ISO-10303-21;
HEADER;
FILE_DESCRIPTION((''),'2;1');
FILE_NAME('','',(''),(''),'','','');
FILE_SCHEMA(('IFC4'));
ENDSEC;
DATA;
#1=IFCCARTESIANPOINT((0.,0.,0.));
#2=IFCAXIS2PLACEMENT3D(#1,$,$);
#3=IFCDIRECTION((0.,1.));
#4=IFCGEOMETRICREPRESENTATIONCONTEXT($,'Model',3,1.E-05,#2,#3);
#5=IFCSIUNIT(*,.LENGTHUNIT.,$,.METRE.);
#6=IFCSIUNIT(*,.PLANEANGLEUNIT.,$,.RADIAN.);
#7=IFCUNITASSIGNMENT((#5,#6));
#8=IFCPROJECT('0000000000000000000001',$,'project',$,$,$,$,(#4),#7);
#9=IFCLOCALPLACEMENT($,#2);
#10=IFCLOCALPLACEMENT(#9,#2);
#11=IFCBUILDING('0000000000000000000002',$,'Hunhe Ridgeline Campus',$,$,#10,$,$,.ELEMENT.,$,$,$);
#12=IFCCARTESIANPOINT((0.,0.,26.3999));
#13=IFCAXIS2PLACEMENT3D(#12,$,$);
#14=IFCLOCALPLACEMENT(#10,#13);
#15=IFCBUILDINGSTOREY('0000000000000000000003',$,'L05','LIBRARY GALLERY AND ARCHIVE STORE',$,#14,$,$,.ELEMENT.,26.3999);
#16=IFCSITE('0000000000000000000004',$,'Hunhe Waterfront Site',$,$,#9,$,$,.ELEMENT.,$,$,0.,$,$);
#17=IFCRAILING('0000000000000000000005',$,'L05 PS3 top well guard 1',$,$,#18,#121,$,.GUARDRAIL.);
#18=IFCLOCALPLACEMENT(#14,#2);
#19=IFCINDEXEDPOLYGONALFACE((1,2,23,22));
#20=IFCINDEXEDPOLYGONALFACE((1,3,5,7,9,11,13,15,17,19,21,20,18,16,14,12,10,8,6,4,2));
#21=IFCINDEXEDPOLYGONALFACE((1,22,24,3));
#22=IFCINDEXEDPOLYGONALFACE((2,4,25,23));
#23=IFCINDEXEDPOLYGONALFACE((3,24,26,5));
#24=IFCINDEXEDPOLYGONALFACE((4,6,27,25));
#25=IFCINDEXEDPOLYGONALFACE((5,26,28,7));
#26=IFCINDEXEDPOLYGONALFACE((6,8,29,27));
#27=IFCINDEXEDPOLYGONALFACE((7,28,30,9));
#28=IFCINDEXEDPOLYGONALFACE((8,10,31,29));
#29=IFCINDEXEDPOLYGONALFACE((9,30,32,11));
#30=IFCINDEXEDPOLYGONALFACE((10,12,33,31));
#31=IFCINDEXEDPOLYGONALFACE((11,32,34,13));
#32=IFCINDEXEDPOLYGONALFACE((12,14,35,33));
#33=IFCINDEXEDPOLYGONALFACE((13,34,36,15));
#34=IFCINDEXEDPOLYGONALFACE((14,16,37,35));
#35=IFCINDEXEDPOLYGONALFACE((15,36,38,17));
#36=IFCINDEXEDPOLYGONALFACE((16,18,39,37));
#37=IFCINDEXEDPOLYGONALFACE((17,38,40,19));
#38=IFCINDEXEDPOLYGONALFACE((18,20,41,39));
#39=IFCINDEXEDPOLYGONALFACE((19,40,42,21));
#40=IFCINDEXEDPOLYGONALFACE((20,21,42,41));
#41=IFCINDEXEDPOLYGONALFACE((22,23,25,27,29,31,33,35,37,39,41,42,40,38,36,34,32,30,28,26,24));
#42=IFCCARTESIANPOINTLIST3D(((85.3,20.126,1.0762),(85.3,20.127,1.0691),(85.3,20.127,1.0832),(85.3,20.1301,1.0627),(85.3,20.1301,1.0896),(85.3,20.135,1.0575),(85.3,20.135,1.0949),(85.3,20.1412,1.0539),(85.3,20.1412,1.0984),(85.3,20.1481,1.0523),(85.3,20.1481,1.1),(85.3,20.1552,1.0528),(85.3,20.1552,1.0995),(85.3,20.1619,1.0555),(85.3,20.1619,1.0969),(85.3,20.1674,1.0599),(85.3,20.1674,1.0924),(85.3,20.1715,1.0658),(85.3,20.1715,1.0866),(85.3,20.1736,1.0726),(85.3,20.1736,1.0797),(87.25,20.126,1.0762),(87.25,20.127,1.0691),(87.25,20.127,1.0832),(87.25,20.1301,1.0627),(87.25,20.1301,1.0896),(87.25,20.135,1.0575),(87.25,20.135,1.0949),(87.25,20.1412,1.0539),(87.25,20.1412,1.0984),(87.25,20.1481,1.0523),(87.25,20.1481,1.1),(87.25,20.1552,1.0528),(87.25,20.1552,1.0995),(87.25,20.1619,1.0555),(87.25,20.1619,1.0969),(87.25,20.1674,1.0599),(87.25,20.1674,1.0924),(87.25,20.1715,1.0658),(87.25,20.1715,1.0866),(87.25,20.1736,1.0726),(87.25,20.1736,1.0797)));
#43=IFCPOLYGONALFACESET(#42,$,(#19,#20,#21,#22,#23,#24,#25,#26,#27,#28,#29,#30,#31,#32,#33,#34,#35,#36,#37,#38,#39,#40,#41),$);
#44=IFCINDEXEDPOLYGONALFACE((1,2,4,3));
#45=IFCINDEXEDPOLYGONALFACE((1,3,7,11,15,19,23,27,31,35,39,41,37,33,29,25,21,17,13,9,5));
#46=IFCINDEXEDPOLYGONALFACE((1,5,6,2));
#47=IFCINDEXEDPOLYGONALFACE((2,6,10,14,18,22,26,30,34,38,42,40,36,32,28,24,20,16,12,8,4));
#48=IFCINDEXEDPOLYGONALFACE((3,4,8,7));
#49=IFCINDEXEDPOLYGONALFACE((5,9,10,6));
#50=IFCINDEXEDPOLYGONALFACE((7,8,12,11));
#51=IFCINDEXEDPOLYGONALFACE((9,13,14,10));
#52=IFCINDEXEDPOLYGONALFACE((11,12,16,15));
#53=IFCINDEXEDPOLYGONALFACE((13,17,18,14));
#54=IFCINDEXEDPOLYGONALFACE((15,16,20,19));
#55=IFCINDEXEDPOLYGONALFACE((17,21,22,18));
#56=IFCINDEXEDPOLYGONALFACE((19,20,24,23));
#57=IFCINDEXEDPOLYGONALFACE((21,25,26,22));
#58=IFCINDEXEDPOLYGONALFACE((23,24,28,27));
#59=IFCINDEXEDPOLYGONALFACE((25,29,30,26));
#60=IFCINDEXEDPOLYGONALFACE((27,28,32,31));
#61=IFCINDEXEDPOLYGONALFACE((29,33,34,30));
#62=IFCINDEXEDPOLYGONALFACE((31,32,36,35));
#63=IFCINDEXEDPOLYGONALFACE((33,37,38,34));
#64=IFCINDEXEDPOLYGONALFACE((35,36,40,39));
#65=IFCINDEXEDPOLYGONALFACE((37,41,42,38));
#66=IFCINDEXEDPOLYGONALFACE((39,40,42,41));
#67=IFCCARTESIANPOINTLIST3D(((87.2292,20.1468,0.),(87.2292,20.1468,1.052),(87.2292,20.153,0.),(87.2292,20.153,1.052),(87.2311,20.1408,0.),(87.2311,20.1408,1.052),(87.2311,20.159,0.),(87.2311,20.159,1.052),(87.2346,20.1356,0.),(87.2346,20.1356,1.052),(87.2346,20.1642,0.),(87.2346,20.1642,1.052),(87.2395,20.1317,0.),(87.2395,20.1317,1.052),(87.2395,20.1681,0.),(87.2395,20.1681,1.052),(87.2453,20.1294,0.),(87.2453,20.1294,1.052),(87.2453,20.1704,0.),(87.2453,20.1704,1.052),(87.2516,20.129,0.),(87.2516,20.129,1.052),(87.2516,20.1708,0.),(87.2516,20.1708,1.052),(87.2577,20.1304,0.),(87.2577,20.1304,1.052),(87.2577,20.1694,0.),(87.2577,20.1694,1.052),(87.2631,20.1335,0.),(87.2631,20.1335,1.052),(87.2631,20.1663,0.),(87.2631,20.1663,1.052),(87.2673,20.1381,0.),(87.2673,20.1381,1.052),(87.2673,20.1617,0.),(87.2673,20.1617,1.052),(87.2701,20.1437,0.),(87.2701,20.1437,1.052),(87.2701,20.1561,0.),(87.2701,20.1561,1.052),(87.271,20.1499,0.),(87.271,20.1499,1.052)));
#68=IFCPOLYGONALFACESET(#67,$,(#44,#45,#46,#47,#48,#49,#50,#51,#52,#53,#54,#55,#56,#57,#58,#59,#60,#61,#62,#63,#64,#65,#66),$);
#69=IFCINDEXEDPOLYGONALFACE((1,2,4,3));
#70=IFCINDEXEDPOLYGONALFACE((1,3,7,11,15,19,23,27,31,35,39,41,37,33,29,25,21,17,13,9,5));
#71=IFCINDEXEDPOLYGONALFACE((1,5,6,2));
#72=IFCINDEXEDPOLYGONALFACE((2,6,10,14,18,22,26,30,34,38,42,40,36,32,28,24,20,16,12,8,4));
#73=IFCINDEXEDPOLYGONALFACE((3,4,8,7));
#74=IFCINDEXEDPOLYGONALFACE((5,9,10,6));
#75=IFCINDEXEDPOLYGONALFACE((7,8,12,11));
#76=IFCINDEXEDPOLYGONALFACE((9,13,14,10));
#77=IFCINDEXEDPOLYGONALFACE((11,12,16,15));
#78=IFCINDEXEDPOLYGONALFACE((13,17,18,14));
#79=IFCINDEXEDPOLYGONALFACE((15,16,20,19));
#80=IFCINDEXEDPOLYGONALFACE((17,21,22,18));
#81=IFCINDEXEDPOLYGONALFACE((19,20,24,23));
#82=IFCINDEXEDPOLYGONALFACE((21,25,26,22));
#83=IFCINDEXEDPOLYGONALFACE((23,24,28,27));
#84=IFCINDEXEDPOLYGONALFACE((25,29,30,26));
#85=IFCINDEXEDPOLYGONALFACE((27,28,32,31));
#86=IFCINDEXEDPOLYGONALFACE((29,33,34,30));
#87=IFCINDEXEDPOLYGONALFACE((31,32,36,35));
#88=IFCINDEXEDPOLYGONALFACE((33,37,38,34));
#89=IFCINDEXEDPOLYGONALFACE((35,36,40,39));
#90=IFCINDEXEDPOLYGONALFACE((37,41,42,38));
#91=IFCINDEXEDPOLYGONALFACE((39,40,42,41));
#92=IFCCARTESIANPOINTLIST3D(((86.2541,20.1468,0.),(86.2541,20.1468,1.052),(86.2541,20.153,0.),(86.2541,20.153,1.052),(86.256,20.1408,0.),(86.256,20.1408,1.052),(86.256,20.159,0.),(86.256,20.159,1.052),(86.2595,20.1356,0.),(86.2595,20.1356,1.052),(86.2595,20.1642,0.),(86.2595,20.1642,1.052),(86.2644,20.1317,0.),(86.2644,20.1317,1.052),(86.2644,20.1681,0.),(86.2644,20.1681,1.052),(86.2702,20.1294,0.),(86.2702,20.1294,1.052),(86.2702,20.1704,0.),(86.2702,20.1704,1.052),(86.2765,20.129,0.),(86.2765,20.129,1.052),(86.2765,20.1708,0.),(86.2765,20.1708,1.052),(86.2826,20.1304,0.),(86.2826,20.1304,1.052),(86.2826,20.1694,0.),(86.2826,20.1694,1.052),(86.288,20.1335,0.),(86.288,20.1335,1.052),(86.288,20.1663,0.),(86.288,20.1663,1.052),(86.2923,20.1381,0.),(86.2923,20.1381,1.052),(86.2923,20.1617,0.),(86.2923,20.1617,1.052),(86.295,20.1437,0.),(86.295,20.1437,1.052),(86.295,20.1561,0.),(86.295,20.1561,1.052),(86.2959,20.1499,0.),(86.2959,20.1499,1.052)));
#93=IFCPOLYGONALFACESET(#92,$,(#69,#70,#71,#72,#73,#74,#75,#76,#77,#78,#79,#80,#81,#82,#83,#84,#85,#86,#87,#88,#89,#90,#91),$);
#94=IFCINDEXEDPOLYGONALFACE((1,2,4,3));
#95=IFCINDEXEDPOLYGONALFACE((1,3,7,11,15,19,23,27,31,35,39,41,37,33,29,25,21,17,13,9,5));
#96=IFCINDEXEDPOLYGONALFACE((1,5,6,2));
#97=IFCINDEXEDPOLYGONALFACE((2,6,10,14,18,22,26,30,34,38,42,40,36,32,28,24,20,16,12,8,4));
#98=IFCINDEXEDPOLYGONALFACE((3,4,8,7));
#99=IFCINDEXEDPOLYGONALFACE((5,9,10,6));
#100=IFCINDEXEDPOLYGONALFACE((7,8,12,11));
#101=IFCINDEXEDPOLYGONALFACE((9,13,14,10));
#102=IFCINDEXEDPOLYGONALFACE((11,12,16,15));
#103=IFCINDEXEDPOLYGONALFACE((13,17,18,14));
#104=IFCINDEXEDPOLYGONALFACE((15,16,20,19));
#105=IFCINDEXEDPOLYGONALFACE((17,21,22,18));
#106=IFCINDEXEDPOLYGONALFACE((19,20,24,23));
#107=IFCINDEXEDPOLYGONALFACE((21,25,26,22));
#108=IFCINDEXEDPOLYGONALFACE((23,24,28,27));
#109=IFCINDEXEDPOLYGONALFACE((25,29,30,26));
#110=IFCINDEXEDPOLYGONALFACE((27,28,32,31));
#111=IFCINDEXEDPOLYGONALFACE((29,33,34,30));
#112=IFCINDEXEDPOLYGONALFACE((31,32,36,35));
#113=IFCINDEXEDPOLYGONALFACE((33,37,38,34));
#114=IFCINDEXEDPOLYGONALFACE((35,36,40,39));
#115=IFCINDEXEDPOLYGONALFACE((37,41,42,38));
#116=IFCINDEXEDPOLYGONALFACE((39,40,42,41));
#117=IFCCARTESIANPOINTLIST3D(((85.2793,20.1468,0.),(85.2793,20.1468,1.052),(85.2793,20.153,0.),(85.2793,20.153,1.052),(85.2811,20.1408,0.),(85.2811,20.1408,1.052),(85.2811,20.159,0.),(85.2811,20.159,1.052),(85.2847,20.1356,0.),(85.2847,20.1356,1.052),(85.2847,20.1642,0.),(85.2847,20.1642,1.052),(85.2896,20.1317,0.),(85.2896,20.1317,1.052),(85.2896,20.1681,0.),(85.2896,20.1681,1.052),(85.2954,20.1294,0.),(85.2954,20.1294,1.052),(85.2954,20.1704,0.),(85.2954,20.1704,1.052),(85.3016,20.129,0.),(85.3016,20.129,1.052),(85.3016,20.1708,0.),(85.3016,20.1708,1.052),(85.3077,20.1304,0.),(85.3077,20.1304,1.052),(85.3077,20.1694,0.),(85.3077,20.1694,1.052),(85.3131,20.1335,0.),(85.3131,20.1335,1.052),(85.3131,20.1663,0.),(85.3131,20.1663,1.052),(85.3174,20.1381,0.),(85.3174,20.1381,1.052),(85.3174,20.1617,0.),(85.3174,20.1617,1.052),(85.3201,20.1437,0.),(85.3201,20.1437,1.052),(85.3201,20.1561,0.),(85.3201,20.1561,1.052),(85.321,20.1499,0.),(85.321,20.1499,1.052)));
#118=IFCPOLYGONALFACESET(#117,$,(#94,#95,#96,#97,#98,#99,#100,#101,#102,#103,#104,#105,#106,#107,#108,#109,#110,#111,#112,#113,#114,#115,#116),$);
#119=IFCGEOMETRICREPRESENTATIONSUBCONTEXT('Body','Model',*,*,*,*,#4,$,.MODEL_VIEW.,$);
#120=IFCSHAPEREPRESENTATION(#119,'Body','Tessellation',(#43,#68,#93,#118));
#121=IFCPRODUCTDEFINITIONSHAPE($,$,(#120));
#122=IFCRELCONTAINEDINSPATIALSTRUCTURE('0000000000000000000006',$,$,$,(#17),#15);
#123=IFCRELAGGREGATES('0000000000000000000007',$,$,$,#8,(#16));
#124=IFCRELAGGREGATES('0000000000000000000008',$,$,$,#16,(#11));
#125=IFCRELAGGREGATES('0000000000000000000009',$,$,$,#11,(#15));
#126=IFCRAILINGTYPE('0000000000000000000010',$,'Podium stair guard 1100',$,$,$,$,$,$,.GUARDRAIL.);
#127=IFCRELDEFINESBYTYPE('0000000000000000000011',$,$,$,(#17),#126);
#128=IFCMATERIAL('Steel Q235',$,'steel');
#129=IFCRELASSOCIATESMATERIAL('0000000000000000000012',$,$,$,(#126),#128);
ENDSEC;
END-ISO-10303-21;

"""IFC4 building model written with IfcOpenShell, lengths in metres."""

from ifc_helpers import new_model, si_unit, direction, frame, origin, origin_2d, place, context, subcontext, project, spatial, circle, extrude, material, type_object, element, save


model = new_model("IFC4")

# Units and contexts
model_context = context("Model", 3, precision=1e-05, world=origin(), true_north=direction((0.0, 1.0)))
body_context = subcontext(model_context, "Body", "Model", "MODEL_VIEW")
ifc_project = project(units=[si_unit("LENGTHUNIT", "METRE"), si_unit("PLANEANGLEUNIT", "RADIAN")], contexts=[model_context])

# Site, building, storey
site_placement = place(None, origin())
site = spatial("IfcSite", under=ifc_project, at=site_placement, Name="Hunhe Waterfront Site", CompositionType="ELEMENT", RefElevation=0.0)
building_placement = place(site_placement, origin())
building = spatial("IfcBuilding", under=site, at=building_placement, Name="Hunhe Ridgeline Campus", CompositionType="ELEMENT")
storey_placement = place(building_placement, frame((0.0, 0.0, 26.3999)))
storey = spatial("IfcBuildingStorey", under=building, at=storey_placement, Name="L05", Description="LIBRARY GALLERY AND ARCHIVE STORE", CompositionType="ELEMENT", Elevation=26.3999)

# Shared definitions
ifc_material_1 = material(Name="Steel Q235", Category="steel")

# Railing
railing_type = type_object("IfcRailingType", Name="Podium stair guard 1100", PredefinedType="GUARDRAIL", material=ifc_material_1)
railing_placement = place(storey_placement, frame((87.25, 20.1499, 0.0)))
element("IfcRailing", 1, at=railing_placement, inside=storey, type_object=railing_type, Name="L05 PS3 top well guard 1", PredefinedType="GUARDRAIL", context=body_context, shape_type="SweptSolid", body=[
    extrude(circle(Radius=0.0239, at=origin_2d()), frame((0.0, 0.0, 1.0762), z_axis=(-1.0, 0.0, 0.0), x_axis=(0.0, -1.0, 0.0)), (0.0, 0.0, 1.0), 1.95),
    extrude(circle(Radius=0.021, at=origin_2d()), origin(), (0.0, 0.0, 1.0), 1.052),
    extrude(circle(Radius=0.021, at=origin_2d()), frame((-0.9751, 0.0, 0.0)), (0.0, 0.0, 1.0), 1.052),
    extrude(circle(Radius=0.021, at=origin_2d()), frame((-1.95, 0.0, 0.0)), (0.0, 0.0, 1.0), 1.052),
])

save(model, "model.ifc")
